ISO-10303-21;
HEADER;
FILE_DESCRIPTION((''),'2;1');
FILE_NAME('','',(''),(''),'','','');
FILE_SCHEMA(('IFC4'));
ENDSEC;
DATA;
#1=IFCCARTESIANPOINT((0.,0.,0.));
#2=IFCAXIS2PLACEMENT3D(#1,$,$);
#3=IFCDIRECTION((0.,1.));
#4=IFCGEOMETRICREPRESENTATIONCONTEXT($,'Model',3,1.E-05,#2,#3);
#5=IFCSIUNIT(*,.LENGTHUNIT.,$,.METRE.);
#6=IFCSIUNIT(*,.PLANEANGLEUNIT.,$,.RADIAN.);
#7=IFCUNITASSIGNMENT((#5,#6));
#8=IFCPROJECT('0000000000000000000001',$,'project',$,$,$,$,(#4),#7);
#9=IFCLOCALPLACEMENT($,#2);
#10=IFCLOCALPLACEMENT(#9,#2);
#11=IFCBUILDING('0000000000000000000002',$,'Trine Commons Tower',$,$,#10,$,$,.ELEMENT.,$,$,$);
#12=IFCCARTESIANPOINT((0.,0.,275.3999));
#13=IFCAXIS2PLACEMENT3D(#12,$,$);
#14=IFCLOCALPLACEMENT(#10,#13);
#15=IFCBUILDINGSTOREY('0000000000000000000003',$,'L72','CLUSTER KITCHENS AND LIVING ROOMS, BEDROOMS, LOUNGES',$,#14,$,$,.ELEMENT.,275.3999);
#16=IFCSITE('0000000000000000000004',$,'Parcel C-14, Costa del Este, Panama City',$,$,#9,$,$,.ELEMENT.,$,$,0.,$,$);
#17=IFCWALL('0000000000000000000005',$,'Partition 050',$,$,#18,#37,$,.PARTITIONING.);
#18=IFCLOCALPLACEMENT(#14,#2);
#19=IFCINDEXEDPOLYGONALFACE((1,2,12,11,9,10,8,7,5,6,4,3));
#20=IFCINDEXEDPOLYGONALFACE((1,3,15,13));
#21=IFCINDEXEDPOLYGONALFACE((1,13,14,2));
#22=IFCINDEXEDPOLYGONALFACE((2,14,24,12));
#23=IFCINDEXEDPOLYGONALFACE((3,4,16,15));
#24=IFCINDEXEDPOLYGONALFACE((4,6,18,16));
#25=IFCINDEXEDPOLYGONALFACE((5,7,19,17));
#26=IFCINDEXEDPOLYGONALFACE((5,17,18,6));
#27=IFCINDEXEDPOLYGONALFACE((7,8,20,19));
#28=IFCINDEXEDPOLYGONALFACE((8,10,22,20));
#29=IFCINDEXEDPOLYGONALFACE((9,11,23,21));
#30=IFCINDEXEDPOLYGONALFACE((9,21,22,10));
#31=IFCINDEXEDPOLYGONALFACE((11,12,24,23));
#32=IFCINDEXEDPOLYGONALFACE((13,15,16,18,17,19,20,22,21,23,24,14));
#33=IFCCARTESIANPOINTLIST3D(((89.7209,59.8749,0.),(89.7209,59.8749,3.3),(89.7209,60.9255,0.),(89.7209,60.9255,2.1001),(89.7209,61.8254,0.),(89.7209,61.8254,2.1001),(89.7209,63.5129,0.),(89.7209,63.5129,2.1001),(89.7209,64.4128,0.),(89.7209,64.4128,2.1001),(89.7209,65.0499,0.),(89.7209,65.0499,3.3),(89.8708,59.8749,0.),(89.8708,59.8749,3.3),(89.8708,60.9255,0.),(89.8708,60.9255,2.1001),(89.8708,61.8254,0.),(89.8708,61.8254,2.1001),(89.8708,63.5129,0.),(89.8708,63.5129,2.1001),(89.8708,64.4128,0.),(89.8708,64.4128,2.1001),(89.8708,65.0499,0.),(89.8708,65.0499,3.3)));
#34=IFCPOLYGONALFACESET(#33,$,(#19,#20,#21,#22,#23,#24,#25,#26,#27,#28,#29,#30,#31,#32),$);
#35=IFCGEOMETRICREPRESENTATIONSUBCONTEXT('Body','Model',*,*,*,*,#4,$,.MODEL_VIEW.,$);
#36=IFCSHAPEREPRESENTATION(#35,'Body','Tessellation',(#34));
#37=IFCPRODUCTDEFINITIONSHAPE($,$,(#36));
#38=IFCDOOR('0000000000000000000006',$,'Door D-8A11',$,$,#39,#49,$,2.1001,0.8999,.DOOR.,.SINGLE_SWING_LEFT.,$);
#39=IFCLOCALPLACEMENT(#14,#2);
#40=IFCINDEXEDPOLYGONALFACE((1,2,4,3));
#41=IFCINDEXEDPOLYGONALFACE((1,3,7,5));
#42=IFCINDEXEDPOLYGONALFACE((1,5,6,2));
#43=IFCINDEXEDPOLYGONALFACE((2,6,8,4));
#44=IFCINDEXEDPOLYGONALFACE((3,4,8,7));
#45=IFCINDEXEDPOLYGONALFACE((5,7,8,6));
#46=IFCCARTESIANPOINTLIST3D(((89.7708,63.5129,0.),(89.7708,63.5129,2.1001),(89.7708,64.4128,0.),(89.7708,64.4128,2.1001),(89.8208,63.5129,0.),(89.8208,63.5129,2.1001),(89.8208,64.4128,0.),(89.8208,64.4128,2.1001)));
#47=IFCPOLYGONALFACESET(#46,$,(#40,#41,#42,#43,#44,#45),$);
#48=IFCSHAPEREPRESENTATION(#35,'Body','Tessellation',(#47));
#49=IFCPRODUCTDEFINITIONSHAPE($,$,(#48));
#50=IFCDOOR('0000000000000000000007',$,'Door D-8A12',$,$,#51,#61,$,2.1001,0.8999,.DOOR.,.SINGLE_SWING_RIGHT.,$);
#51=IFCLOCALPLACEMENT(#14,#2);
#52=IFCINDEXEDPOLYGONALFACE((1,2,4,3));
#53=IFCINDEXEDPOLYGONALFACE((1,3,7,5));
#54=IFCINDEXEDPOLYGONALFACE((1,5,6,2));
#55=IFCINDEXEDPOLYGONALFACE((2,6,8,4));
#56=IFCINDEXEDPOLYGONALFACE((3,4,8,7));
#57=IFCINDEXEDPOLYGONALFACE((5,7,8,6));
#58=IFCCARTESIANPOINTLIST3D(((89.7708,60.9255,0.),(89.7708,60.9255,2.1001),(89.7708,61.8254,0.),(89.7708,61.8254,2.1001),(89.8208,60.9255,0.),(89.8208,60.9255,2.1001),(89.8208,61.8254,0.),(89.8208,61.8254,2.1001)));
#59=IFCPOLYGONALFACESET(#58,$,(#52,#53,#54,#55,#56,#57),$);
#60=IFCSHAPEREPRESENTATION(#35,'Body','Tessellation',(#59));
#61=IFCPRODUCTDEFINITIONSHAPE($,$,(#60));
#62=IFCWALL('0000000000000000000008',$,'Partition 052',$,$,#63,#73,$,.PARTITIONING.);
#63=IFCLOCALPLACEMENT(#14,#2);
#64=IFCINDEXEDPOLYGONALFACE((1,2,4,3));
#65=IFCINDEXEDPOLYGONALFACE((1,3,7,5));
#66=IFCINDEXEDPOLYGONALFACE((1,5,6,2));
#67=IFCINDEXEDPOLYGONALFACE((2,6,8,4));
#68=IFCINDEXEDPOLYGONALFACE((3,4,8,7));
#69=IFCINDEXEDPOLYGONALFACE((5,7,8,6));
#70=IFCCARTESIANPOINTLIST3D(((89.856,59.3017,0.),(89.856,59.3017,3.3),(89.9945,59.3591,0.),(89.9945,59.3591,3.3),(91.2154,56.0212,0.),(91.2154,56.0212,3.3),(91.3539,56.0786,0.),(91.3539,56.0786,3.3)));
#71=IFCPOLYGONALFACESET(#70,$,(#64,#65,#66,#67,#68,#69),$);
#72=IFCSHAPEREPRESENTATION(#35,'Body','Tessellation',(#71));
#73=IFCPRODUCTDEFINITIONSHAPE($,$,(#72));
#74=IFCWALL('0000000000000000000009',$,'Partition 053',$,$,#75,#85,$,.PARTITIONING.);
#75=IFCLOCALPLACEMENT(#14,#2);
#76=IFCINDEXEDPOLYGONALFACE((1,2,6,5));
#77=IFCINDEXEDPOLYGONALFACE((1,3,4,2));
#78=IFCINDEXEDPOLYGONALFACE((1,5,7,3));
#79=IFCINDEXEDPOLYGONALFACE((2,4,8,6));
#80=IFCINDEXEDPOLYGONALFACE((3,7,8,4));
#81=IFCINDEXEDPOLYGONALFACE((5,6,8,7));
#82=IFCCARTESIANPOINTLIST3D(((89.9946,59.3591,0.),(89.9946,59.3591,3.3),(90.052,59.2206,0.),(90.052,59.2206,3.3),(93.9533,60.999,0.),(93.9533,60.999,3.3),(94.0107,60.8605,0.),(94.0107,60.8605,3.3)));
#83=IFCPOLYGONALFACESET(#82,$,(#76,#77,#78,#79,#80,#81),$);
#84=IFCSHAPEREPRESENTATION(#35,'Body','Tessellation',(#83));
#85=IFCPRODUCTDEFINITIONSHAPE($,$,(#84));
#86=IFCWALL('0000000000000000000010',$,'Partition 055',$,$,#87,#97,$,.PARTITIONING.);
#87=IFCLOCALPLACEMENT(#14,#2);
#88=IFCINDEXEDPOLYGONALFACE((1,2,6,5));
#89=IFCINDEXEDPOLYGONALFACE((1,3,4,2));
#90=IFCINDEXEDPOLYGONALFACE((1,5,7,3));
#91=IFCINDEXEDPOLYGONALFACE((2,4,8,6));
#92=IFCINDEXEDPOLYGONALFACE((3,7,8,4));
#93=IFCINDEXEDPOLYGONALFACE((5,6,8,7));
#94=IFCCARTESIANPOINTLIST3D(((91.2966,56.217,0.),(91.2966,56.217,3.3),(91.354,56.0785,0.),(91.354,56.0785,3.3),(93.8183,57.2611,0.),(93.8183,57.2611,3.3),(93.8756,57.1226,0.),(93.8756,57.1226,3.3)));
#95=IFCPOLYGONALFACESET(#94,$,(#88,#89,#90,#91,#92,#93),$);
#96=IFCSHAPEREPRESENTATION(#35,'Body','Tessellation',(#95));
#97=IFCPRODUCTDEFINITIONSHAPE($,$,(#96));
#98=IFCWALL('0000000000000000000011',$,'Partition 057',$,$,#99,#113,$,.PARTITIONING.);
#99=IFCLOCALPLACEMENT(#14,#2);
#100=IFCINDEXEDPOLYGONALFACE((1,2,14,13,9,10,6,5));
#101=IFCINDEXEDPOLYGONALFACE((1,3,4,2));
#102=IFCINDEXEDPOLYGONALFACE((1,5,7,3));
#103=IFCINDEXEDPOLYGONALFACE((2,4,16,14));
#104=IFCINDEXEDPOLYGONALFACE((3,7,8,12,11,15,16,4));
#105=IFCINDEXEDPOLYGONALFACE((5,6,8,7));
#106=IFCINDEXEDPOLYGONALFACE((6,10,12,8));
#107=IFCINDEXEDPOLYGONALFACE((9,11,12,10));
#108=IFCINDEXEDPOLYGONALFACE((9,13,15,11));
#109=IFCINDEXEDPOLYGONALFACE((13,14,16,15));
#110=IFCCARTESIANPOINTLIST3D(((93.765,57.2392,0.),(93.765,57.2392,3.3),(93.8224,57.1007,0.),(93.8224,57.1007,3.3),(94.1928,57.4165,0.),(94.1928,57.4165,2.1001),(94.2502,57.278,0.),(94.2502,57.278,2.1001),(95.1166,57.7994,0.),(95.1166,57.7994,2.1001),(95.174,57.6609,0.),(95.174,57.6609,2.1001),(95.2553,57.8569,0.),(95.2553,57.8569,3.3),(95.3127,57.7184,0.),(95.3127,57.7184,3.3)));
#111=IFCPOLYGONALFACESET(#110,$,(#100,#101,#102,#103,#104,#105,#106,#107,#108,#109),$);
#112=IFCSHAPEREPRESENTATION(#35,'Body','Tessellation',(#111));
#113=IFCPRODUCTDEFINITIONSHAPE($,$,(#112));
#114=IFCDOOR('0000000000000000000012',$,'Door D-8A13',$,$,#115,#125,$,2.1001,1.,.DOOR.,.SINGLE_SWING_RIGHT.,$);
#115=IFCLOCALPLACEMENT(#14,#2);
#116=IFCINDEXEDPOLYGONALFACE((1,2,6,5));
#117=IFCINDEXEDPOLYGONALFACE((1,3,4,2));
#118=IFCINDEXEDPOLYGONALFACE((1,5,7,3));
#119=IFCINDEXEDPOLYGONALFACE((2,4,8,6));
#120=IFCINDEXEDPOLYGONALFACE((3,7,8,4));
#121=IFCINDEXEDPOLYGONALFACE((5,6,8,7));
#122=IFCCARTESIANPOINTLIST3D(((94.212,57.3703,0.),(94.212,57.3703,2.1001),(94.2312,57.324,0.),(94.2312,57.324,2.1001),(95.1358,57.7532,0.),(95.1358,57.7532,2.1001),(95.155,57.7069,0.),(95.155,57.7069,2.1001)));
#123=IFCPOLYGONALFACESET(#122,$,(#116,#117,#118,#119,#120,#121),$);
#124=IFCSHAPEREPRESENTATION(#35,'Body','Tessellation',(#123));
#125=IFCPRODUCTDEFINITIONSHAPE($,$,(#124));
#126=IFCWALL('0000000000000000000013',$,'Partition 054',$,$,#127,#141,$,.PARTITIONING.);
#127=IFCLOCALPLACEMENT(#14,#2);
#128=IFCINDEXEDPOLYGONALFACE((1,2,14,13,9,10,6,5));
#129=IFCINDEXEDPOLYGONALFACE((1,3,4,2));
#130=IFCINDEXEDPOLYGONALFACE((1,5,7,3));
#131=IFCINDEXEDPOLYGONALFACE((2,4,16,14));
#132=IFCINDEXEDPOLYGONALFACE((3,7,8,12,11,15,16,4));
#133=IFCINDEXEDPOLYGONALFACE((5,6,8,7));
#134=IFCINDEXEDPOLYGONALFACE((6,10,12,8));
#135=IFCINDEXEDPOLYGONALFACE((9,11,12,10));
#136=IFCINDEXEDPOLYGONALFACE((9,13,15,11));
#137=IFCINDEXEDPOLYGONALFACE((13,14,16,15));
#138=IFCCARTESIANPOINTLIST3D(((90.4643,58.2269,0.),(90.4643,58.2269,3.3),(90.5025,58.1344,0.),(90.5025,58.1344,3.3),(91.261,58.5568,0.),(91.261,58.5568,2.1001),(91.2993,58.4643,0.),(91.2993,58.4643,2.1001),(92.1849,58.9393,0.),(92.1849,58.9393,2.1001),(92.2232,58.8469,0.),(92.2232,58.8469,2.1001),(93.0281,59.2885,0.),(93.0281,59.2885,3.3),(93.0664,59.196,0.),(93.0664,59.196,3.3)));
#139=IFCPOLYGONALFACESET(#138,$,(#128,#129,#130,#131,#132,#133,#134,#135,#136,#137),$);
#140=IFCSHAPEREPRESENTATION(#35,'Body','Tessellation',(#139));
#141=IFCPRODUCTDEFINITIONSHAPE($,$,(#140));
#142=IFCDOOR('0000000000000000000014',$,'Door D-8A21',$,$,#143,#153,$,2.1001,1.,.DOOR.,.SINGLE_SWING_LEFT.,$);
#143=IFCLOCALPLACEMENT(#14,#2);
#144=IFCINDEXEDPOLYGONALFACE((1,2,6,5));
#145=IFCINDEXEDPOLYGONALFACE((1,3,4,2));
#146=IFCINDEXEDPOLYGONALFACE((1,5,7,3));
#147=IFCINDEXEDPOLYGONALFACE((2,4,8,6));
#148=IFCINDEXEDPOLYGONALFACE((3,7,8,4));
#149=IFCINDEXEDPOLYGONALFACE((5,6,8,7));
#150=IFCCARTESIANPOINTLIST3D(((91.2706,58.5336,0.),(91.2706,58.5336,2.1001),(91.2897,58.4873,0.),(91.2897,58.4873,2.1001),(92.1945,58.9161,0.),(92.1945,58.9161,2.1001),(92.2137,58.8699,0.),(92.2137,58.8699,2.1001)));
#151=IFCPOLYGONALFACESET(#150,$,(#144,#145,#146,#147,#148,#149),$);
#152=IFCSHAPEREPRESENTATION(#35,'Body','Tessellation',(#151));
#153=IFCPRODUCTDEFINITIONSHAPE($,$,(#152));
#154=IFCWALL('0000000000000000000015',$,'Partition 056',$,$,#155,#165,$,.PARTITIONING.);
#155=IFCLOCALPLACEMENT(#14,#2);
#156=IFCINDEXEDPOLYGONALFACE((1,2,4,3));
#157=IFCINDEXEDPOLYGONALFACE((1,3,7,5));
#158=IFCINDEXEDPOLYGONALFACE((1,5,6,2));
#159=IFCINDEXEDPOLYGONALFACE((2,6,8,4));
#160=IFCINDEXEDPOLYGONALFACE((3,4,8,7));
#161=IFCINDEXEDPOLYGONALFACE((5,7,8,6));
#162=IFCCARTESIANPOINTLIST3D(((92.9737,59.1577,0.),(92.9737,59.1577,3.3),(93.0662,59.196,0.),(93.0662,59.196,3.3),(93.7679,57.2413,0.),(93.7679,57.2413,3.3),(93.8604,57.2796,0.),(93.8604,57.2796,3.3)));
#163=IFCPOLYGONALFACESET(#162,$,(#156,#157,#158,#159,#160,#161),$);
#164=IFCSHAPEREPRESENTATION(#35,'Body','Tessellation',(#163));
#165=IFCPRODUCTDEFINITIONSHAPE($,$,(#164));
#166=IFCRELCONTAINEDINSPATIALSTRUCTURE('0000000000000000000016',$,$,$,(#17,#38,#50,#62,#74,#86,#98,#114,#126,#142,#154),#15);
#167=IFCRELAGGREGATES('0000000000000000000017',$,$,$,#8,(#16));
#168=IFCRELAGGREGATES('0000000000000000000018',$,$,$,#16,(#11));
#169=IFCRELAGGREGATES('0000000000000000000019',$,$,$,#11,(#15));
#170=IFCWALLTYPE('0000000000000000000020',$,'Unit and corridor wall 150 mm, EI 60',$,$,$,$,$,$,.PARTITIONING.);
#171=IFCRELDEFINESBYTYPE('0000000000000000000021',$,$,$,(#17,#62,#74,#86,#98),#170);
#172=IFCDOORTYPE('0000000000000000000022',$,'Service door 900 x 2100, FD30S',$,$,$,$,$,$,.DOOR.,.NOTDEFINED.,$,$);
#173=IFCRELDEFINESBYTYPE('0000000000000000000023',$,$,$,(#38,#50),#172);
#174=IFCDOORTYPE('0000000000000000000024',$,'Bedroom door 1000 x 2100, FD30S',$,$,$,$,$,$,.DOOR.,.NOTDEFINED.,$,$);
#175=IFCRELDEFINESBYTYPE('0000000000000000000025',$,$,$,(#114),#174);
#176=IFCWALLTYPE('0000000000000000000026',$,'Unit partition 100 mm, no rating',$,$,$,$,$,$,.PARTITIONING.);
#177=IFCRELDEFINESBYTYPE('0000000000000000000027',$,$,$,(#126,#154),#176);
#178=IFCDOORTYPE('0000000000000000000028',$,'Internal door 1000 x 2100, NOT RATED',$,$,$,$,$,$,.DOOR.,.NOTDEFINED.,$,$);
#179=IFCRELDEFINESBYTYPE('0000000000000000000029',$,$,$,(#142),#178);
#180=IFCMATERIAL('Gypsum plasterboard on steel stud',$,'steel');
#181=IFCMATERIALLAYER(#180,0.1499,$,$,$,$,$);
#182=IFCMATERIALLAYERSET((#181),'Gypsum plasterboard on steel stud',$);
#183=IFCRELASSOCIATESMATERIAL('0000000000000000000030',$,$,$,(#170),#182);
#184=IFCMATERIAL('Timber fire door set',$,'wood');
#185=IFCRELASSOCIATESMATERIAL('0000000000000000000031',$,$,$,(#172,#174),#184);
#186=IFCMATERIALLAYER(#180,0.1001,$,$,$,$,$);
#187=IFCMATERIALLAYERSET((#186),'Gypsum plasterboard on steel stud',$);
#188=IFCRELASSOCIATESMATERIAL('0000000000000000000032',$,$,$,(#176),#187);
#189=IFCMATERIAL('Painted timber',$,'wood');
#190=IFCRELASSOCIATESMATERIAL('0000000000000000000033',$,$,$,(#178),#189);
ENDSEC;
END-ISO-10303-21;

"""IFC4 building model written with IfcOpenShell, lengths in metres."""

from ifc_helpers import new_model, si_unit, direction, frame, frame_2d, origin, place, context, subcontext, project, spatial, rectangle, extrude, material, layer, layer_set, type_object, element, fill, save


model = new_model("IFC4")

# Units and contexts
model_context = context("Model", 3, precision=1e-05, world=origin(), true_north=direction((0.0, 1.0)))
body_context = subcontext(model_context, "Body", "Model", "MODEL_VIEW")
ifc_project = project(units=[si_unit("LENGTHUNIT", "METRE"), si_unit("PLANEANGLEUNIT", "RADIAN")], contexts=[model_context])

# Site, building, storey
site_placement = place(None, origin())
site = spatial("IfcSite", under=ifc_project, at=site_placement, Name="Parcel C-14, Costa del Este, Panama City", CompositionType="ELEMENT", RefElevation=0.0)
building_placement = place(site_placement, origin())
building = spatial("IfcBuilding", under=site, at=building_placement, Name="Trine Commons Tower", CompositionType="ELEMENT")
storey_placement = place(building_placement, frame((0.0, 0.0, 275.3999)))
storey = spatial("IfcBuildingStorey", under=building, at=storey_placement, Name="L72", Description="CLUSTER KITCHENS AND LIVING ROOMS, BEDROOMS, LOUNGES", CompositionType="ELEMENT", Elevation=275.3999)

# Shared definitions
ifc_material_1 = material(Name="Gypsum plasterboard on steel stud", Category="steel")
ifc_layer_1 = layer(ifc_material_1, 0.1499)
ifc_layer_set_1 = layer_set([ifc_layer_1], Name="Gypsum plasterboard on steel stud")
wall_type_1 = type_object("IfcWallType", Name="Unit and corridor wall 150 mm, EI 60", PredefinedType="PARTITIONING", material=ifc_layer_set_1)

# Wall, openings, doors
wall_1_placement = place(storey_placement, frame((89.7959, 59.875, 0.0), z_axis=(0.0, 0.0, 1.0), x_axis=(0.0, 1.0, 0.0)))
wall_1 = element("IfcWall", 1, at=wall_1_placement, inside=storey, type_object=wall_type_1, Name="Partition 050", PredefinedType="PARTITIONING", context=body_context, shape_type="SweptSolid", body=[
    extrude(rectangle(XDim=5.175, YDim=0.1499, at=frame_2d((2.5874, 0.0))), origin(), (0.0, 0.0, 1.0), 3.3),
])
opening_1_placement = place(wall_1_placement, frame((3.6379, 0.0, 0.0)))
opening_1 = element("IfcOpeningElement", 2, at=opening_1_placement, cuts=wall_1, PredefinedType="OPENING", context=body_context, shape_type="SweptSolid", body=[
    extrude(rectangle(XDim=0.8999, YDim=2.1001, at=frame_2d((0.45, 1.05))), frame((0.0, 0.085, 0.0), z_axis=(0.0, -1.0, 0.0), x_axis=(1.0, 0.0, 0.0)), (0.0, 0.0, 1.0), 0.1699),
])
opening_2_placement = place(wall_1_placement, frame((1.0505, 0.0, 0.0)))
opening_2 = element("IfcOpeningElement", 3, at=opening_2_placement, cuts=wall_1, PredefinedType="OPENING", context=body_context, shape_type="SweptSolid", body=[
    extrude(rectangle(XDim=0.8999, YDim=2.1001, at=frame_2d((0.45, 1.05))), frame((0.0, 0.085, 0.0), z_axis=(0.0, -1.0, 0.0), x_axis=(1.0, 0.0, 0.0)), (0.0, 0.0, 1.0), 0.1699),
])
ifc_material_2 = material(Name="Timber fire door set", Category="wood")
door_type_1 = type_object("IfcDoorType", Name="Service door 900 x 2100, FD30S", OperationType="NOTDEFINED", PredefinedType="DOOR", material=ifc_material_2)
door_1_placement = place(opening_1_placement, frame((0.8999, 0.0, 0.0), z_axis=(0.0, 0.0, 1.0), x_axis=(-1.0, 0.0, 0.0)))
door_1 = element("IfcDoor", 4, at=door_1_placement, inside=storey, type_object=door_type_1, Name="Door D-8A11", OperationType="SINGLE_SWING_LEFT", OverallHeight=2.1001, OverallWidth=0.8999, PredefinedType="DOOR", context=body_context, shape_type="SweptSolid", body=[
    extrude(rectangle(XDim=0.8999, YDim=2.1001, at=frame_2d((0.45, 1.05))), frame((0.0, 0.0249, 0.0), z_axis=(0.0, -1.0, 0.0), x_axis=(1.0, 0.0, 0.0)), (0.0, 0.0, 1.0), 0.05),
])
fill(opening_1, door_1)
door_2_placement = place(opening_2_placement, frame((0.8999, 0.0, 0.0), z_axis=(0.0, 0.0, 1.0), x_axis=(-1.0, 0.0, 0.0)))
door_2 = element("IfcDoor", 5, at=door_2_placement, inside=storey, type_object=door_type_1, Name="Door D-8A12", OperationType="SINGLE_SWING_RIGHT", OverallHeight=2.1001, OverallWidth=0.8999, PredefinedType="DOOR", context=body_context, shape_type="SweptSolid", body=[
    extrude(rectangle(XDim=0.8999, YDim=2.1001, at=frame_2d((0.45, 1.05))), frame((0.0, 0.0249, 0.0), z_axis=(0.0, -1.0, 0.0), x_axis=(1.0, 0.0, 0.0)), (0.0, 0.0, 1.0), 0.05),
])
fill(opening_2, door_2)

# Walls
wall_2_placement = place(storey_placement, frame((89.9253, 59.3303, 0.0), z_axis=(0.0, 0.0, 1.0), x_axis=(0.382813, -0.923826, 0.0)))
element("IfcWall", 6, at=wall_2_placement, inside=storey, type_object=wall_type_1, Name="Partition 052", PredefinedType="PARTITIONING", context=body_context, shape_type="SweptSolid", body=[
    extrude(rectangle(XDim=3.551, YDim=0.1499, at=frame_2d((1.7754, 0.0))), origin(), (0.0, 0.0, 1.0), 3.3),
])
wall_3_placement = place(storey_placement, frame((90.0232, 59.2898, 0.0), z_axis=(0.0, 0.0, 1.0), x_axis=(0.923869, 0.382709, 0.0)))
element("IfcWall", 7, at=wall_3_placement, inside=storey, type_object=wall_type_1, Name="Partition 053", PredefinedType="PARTITIONING", context=body_context, shape_type="SweptSolid", body=[
    extrude(rectangle(XDim=4.2849, YDim=0.1499, at=frame_2d((2.1426, 0.0))), origin(), (0.0, 0.0, 1.0), 3.3),
])
wall_4_placement = place(storey_placement, frame((91.3252, 56.1477, 0.0), z_axis=(0.0, 0.0, 1.0), x_axis=(0.923924, 0.382576, 0.0)))
element("IfcWall", 8, at=wall_4_placement, inside=storey, type_object=wall_type_1, Name="Partition 055", PredefinedType="PARTITIONING", context=body_context, shape_type="SweptSolid", body=[
    extrude(rectangle(XDim=2.7292, YDim=0.1499, at=frame_2d((1.3647, 0.0))), origin(), (0.0, 0.0, 1.0), 3.3),
])

# Walls, openings, doors
wall_5_placement = place(storey_placement, frame((93.7937, 57.1699, 0.0), z_axis=(0.0, 0.0, 1.0), x_axis=(0.923792, 0.382895, 0.0)))
wall_5 = element("IfcWall", 9, at=wall_5_placement, inside=storey, type_object=wall_type_1, Name="Partition 057", PredefinedType="PARTITIONING", context=body_context, shape_type="SweptSolid", body=[
    extrude(rectangle(XDim=1.6133, YDim=0.1499, at=frame_2d((0.8066, 0.0))), origin(), (0.0, 0.0, 1.0), 3.3),
])
opening_3_placement = place(wall_5_placement, frame((0.4631, 0.0, 0.0)))
opening_3 = element("IfcOpeningElement", 10, at=opening_3_placement, cuts=wall_5, PredefinedType="OPENING", context=body_context, shape_type="SweptSolid", body=[
    extrude(rectangle(XDim=1.0, YDim=2.1001, at=frame_2d((0.5, 1.05))), frame((0.0, 0.085, 0.0), z_axis=(0.0, -1.0, 0.0), x_axis=(1.0, 0.0, 0.0)), (0.0, 0.0, 1.0), 0.1699),
])
door_type_2 = type_object("IfcDoorType", Name="Bedroom door 1000 x 2100, FD30S", OperationType="NOTDEFINED", PredefinedType="DOOR", material=ifc_material_2)
door_3_placement = place(opening_3_placement, origin())
door_3 = element("IfcDoor", 11, at=door_3_placement, inside=storey, type_object=door_type_2, Name="Door D-8A13", OperationType="SINGLE_SWING_RIGHT", OverallHeight=2.1001, OverallWidth=1.0, PredefinedType="DOOR", context=body_context, shape_type="SweptSolid", body=[
    extrude(rectangle(XDim=1.0, YDim=2.1001, at=frame_2d((0.5, 1.05))), frame((0.0, 0.0249, 0.0), z_axis=(0.0, -1.0, 0.0), x_axis=(1.0, 0.0, 0.0)), (0.0, 0.0, 1.0), 0.05),
])
fill(opening_3, door_3)
ifc_layer_2 = layer(ifc_material_1, 0.1001)
ifc_layer_set_2 = layer_set([ifc_layer_2], Name="Gypsum plasterboard on steel stud")
wall_type_2 = type_object("IfcWallType", Name="Unit partition 100 mm, no rating", PredefinedType="PARTITIONING", material=ifc_layer_set_2)
wall_6_placement = place(storey_placement, frame((90.4834, 58.1807, 0.0), z_axis=(0.0, 0.0, 1.0), x_axis=(0.923931, 0.382559, 0.0)))
wall_6 = element("IfcWall", 12, at=wall_6_placement, inside=storey, type_object=wall_type_2, Name="Partition 054", PredefinedType="PARTITIONING", context=body_context, shape_type="SweptSolid", body=[
    extrude(rectangle(XDim=2.7749, YDim=0.1001, at=frame_2d((1.3875, 0.0))), origin(), (0.0, 0.0, 1.0), 3.3),
])
opening_4_placement = place(wall_6_placement, frame((0.8623, 0.0, 0.0)))
opening_4 = element("IfcOpeningElement", 13, at=opening_4_placement, cuts=wall_6, PredefinedType="OPENING", context=body_context, shape_type="SweptSolid", body=[
    extrude(rectangle(XDim=1.0, YDim=2.1001, at=frame_2d((0.5, 1.05))), frame((0.0, 0.0601, 0.0), z_axis=(0.0, -1.0, 0.0), x_axis=(1.0, 0.0, 0.0)), (0.0, 0.0, 1.0), 0.1201),
])
ifc_material_3 = material(Name="Painted timber", Category="wood")
door_type_3 = type_object("IfcDoorType", Name="Internal door 1000 x 2100, NOT RATED", OperationType="NOTDEFINED", PredefinedType="DOOR", material=ifc_material_3)
door_4_placement = place(opening_4_placement, origin())
door_4 = element("IfcDoor", 14, at=door_4_placement, inside=storey, type_object=door_type_3, Name="Door D-8A21", OperationType="SINGLE_SWING_LEFT", OverallHeight=2.1001, OverallWidth=1.0, PredefinedType="DOOR", context=body_context, shape_type="SweptSolid", body=[
    extrude(rectangle(XDim=1.0, YDim=2.1001, at=frame_2d((0.5, 1.05))), frame((0.0, 0.0249, 0.0), z_axis=(0.0, -1.0, 0.0), x_axis=(1.0, 0.0, 0.0)), (0.0, 0.0, 1.0), 0.05),
])
fill(opening_4, door_4)

# Wall
wall_7_placement = place(storey_placement, frame((93.02, 59.1768, 0.0), z_axis=(0.0, 0.0, 1.0), x_axis=(0.382826, -0.92382, 0.0)))
element("IfcWall", 15, at=wall_7_placement, inside=storey, type_object=wall_type_2, Name="Partition 056", PredefinedType="PARTITIONING", context=body_context, shape_type="SweptSolid", body=[
    extrude(rectangle(XDim=2.0745, YDim=0.1001, at=frame_2d((1.0371, 0.0))), origin(), (0.0, 0.0, 1.0), 3.3),
])

save(model, "model.ifc")
